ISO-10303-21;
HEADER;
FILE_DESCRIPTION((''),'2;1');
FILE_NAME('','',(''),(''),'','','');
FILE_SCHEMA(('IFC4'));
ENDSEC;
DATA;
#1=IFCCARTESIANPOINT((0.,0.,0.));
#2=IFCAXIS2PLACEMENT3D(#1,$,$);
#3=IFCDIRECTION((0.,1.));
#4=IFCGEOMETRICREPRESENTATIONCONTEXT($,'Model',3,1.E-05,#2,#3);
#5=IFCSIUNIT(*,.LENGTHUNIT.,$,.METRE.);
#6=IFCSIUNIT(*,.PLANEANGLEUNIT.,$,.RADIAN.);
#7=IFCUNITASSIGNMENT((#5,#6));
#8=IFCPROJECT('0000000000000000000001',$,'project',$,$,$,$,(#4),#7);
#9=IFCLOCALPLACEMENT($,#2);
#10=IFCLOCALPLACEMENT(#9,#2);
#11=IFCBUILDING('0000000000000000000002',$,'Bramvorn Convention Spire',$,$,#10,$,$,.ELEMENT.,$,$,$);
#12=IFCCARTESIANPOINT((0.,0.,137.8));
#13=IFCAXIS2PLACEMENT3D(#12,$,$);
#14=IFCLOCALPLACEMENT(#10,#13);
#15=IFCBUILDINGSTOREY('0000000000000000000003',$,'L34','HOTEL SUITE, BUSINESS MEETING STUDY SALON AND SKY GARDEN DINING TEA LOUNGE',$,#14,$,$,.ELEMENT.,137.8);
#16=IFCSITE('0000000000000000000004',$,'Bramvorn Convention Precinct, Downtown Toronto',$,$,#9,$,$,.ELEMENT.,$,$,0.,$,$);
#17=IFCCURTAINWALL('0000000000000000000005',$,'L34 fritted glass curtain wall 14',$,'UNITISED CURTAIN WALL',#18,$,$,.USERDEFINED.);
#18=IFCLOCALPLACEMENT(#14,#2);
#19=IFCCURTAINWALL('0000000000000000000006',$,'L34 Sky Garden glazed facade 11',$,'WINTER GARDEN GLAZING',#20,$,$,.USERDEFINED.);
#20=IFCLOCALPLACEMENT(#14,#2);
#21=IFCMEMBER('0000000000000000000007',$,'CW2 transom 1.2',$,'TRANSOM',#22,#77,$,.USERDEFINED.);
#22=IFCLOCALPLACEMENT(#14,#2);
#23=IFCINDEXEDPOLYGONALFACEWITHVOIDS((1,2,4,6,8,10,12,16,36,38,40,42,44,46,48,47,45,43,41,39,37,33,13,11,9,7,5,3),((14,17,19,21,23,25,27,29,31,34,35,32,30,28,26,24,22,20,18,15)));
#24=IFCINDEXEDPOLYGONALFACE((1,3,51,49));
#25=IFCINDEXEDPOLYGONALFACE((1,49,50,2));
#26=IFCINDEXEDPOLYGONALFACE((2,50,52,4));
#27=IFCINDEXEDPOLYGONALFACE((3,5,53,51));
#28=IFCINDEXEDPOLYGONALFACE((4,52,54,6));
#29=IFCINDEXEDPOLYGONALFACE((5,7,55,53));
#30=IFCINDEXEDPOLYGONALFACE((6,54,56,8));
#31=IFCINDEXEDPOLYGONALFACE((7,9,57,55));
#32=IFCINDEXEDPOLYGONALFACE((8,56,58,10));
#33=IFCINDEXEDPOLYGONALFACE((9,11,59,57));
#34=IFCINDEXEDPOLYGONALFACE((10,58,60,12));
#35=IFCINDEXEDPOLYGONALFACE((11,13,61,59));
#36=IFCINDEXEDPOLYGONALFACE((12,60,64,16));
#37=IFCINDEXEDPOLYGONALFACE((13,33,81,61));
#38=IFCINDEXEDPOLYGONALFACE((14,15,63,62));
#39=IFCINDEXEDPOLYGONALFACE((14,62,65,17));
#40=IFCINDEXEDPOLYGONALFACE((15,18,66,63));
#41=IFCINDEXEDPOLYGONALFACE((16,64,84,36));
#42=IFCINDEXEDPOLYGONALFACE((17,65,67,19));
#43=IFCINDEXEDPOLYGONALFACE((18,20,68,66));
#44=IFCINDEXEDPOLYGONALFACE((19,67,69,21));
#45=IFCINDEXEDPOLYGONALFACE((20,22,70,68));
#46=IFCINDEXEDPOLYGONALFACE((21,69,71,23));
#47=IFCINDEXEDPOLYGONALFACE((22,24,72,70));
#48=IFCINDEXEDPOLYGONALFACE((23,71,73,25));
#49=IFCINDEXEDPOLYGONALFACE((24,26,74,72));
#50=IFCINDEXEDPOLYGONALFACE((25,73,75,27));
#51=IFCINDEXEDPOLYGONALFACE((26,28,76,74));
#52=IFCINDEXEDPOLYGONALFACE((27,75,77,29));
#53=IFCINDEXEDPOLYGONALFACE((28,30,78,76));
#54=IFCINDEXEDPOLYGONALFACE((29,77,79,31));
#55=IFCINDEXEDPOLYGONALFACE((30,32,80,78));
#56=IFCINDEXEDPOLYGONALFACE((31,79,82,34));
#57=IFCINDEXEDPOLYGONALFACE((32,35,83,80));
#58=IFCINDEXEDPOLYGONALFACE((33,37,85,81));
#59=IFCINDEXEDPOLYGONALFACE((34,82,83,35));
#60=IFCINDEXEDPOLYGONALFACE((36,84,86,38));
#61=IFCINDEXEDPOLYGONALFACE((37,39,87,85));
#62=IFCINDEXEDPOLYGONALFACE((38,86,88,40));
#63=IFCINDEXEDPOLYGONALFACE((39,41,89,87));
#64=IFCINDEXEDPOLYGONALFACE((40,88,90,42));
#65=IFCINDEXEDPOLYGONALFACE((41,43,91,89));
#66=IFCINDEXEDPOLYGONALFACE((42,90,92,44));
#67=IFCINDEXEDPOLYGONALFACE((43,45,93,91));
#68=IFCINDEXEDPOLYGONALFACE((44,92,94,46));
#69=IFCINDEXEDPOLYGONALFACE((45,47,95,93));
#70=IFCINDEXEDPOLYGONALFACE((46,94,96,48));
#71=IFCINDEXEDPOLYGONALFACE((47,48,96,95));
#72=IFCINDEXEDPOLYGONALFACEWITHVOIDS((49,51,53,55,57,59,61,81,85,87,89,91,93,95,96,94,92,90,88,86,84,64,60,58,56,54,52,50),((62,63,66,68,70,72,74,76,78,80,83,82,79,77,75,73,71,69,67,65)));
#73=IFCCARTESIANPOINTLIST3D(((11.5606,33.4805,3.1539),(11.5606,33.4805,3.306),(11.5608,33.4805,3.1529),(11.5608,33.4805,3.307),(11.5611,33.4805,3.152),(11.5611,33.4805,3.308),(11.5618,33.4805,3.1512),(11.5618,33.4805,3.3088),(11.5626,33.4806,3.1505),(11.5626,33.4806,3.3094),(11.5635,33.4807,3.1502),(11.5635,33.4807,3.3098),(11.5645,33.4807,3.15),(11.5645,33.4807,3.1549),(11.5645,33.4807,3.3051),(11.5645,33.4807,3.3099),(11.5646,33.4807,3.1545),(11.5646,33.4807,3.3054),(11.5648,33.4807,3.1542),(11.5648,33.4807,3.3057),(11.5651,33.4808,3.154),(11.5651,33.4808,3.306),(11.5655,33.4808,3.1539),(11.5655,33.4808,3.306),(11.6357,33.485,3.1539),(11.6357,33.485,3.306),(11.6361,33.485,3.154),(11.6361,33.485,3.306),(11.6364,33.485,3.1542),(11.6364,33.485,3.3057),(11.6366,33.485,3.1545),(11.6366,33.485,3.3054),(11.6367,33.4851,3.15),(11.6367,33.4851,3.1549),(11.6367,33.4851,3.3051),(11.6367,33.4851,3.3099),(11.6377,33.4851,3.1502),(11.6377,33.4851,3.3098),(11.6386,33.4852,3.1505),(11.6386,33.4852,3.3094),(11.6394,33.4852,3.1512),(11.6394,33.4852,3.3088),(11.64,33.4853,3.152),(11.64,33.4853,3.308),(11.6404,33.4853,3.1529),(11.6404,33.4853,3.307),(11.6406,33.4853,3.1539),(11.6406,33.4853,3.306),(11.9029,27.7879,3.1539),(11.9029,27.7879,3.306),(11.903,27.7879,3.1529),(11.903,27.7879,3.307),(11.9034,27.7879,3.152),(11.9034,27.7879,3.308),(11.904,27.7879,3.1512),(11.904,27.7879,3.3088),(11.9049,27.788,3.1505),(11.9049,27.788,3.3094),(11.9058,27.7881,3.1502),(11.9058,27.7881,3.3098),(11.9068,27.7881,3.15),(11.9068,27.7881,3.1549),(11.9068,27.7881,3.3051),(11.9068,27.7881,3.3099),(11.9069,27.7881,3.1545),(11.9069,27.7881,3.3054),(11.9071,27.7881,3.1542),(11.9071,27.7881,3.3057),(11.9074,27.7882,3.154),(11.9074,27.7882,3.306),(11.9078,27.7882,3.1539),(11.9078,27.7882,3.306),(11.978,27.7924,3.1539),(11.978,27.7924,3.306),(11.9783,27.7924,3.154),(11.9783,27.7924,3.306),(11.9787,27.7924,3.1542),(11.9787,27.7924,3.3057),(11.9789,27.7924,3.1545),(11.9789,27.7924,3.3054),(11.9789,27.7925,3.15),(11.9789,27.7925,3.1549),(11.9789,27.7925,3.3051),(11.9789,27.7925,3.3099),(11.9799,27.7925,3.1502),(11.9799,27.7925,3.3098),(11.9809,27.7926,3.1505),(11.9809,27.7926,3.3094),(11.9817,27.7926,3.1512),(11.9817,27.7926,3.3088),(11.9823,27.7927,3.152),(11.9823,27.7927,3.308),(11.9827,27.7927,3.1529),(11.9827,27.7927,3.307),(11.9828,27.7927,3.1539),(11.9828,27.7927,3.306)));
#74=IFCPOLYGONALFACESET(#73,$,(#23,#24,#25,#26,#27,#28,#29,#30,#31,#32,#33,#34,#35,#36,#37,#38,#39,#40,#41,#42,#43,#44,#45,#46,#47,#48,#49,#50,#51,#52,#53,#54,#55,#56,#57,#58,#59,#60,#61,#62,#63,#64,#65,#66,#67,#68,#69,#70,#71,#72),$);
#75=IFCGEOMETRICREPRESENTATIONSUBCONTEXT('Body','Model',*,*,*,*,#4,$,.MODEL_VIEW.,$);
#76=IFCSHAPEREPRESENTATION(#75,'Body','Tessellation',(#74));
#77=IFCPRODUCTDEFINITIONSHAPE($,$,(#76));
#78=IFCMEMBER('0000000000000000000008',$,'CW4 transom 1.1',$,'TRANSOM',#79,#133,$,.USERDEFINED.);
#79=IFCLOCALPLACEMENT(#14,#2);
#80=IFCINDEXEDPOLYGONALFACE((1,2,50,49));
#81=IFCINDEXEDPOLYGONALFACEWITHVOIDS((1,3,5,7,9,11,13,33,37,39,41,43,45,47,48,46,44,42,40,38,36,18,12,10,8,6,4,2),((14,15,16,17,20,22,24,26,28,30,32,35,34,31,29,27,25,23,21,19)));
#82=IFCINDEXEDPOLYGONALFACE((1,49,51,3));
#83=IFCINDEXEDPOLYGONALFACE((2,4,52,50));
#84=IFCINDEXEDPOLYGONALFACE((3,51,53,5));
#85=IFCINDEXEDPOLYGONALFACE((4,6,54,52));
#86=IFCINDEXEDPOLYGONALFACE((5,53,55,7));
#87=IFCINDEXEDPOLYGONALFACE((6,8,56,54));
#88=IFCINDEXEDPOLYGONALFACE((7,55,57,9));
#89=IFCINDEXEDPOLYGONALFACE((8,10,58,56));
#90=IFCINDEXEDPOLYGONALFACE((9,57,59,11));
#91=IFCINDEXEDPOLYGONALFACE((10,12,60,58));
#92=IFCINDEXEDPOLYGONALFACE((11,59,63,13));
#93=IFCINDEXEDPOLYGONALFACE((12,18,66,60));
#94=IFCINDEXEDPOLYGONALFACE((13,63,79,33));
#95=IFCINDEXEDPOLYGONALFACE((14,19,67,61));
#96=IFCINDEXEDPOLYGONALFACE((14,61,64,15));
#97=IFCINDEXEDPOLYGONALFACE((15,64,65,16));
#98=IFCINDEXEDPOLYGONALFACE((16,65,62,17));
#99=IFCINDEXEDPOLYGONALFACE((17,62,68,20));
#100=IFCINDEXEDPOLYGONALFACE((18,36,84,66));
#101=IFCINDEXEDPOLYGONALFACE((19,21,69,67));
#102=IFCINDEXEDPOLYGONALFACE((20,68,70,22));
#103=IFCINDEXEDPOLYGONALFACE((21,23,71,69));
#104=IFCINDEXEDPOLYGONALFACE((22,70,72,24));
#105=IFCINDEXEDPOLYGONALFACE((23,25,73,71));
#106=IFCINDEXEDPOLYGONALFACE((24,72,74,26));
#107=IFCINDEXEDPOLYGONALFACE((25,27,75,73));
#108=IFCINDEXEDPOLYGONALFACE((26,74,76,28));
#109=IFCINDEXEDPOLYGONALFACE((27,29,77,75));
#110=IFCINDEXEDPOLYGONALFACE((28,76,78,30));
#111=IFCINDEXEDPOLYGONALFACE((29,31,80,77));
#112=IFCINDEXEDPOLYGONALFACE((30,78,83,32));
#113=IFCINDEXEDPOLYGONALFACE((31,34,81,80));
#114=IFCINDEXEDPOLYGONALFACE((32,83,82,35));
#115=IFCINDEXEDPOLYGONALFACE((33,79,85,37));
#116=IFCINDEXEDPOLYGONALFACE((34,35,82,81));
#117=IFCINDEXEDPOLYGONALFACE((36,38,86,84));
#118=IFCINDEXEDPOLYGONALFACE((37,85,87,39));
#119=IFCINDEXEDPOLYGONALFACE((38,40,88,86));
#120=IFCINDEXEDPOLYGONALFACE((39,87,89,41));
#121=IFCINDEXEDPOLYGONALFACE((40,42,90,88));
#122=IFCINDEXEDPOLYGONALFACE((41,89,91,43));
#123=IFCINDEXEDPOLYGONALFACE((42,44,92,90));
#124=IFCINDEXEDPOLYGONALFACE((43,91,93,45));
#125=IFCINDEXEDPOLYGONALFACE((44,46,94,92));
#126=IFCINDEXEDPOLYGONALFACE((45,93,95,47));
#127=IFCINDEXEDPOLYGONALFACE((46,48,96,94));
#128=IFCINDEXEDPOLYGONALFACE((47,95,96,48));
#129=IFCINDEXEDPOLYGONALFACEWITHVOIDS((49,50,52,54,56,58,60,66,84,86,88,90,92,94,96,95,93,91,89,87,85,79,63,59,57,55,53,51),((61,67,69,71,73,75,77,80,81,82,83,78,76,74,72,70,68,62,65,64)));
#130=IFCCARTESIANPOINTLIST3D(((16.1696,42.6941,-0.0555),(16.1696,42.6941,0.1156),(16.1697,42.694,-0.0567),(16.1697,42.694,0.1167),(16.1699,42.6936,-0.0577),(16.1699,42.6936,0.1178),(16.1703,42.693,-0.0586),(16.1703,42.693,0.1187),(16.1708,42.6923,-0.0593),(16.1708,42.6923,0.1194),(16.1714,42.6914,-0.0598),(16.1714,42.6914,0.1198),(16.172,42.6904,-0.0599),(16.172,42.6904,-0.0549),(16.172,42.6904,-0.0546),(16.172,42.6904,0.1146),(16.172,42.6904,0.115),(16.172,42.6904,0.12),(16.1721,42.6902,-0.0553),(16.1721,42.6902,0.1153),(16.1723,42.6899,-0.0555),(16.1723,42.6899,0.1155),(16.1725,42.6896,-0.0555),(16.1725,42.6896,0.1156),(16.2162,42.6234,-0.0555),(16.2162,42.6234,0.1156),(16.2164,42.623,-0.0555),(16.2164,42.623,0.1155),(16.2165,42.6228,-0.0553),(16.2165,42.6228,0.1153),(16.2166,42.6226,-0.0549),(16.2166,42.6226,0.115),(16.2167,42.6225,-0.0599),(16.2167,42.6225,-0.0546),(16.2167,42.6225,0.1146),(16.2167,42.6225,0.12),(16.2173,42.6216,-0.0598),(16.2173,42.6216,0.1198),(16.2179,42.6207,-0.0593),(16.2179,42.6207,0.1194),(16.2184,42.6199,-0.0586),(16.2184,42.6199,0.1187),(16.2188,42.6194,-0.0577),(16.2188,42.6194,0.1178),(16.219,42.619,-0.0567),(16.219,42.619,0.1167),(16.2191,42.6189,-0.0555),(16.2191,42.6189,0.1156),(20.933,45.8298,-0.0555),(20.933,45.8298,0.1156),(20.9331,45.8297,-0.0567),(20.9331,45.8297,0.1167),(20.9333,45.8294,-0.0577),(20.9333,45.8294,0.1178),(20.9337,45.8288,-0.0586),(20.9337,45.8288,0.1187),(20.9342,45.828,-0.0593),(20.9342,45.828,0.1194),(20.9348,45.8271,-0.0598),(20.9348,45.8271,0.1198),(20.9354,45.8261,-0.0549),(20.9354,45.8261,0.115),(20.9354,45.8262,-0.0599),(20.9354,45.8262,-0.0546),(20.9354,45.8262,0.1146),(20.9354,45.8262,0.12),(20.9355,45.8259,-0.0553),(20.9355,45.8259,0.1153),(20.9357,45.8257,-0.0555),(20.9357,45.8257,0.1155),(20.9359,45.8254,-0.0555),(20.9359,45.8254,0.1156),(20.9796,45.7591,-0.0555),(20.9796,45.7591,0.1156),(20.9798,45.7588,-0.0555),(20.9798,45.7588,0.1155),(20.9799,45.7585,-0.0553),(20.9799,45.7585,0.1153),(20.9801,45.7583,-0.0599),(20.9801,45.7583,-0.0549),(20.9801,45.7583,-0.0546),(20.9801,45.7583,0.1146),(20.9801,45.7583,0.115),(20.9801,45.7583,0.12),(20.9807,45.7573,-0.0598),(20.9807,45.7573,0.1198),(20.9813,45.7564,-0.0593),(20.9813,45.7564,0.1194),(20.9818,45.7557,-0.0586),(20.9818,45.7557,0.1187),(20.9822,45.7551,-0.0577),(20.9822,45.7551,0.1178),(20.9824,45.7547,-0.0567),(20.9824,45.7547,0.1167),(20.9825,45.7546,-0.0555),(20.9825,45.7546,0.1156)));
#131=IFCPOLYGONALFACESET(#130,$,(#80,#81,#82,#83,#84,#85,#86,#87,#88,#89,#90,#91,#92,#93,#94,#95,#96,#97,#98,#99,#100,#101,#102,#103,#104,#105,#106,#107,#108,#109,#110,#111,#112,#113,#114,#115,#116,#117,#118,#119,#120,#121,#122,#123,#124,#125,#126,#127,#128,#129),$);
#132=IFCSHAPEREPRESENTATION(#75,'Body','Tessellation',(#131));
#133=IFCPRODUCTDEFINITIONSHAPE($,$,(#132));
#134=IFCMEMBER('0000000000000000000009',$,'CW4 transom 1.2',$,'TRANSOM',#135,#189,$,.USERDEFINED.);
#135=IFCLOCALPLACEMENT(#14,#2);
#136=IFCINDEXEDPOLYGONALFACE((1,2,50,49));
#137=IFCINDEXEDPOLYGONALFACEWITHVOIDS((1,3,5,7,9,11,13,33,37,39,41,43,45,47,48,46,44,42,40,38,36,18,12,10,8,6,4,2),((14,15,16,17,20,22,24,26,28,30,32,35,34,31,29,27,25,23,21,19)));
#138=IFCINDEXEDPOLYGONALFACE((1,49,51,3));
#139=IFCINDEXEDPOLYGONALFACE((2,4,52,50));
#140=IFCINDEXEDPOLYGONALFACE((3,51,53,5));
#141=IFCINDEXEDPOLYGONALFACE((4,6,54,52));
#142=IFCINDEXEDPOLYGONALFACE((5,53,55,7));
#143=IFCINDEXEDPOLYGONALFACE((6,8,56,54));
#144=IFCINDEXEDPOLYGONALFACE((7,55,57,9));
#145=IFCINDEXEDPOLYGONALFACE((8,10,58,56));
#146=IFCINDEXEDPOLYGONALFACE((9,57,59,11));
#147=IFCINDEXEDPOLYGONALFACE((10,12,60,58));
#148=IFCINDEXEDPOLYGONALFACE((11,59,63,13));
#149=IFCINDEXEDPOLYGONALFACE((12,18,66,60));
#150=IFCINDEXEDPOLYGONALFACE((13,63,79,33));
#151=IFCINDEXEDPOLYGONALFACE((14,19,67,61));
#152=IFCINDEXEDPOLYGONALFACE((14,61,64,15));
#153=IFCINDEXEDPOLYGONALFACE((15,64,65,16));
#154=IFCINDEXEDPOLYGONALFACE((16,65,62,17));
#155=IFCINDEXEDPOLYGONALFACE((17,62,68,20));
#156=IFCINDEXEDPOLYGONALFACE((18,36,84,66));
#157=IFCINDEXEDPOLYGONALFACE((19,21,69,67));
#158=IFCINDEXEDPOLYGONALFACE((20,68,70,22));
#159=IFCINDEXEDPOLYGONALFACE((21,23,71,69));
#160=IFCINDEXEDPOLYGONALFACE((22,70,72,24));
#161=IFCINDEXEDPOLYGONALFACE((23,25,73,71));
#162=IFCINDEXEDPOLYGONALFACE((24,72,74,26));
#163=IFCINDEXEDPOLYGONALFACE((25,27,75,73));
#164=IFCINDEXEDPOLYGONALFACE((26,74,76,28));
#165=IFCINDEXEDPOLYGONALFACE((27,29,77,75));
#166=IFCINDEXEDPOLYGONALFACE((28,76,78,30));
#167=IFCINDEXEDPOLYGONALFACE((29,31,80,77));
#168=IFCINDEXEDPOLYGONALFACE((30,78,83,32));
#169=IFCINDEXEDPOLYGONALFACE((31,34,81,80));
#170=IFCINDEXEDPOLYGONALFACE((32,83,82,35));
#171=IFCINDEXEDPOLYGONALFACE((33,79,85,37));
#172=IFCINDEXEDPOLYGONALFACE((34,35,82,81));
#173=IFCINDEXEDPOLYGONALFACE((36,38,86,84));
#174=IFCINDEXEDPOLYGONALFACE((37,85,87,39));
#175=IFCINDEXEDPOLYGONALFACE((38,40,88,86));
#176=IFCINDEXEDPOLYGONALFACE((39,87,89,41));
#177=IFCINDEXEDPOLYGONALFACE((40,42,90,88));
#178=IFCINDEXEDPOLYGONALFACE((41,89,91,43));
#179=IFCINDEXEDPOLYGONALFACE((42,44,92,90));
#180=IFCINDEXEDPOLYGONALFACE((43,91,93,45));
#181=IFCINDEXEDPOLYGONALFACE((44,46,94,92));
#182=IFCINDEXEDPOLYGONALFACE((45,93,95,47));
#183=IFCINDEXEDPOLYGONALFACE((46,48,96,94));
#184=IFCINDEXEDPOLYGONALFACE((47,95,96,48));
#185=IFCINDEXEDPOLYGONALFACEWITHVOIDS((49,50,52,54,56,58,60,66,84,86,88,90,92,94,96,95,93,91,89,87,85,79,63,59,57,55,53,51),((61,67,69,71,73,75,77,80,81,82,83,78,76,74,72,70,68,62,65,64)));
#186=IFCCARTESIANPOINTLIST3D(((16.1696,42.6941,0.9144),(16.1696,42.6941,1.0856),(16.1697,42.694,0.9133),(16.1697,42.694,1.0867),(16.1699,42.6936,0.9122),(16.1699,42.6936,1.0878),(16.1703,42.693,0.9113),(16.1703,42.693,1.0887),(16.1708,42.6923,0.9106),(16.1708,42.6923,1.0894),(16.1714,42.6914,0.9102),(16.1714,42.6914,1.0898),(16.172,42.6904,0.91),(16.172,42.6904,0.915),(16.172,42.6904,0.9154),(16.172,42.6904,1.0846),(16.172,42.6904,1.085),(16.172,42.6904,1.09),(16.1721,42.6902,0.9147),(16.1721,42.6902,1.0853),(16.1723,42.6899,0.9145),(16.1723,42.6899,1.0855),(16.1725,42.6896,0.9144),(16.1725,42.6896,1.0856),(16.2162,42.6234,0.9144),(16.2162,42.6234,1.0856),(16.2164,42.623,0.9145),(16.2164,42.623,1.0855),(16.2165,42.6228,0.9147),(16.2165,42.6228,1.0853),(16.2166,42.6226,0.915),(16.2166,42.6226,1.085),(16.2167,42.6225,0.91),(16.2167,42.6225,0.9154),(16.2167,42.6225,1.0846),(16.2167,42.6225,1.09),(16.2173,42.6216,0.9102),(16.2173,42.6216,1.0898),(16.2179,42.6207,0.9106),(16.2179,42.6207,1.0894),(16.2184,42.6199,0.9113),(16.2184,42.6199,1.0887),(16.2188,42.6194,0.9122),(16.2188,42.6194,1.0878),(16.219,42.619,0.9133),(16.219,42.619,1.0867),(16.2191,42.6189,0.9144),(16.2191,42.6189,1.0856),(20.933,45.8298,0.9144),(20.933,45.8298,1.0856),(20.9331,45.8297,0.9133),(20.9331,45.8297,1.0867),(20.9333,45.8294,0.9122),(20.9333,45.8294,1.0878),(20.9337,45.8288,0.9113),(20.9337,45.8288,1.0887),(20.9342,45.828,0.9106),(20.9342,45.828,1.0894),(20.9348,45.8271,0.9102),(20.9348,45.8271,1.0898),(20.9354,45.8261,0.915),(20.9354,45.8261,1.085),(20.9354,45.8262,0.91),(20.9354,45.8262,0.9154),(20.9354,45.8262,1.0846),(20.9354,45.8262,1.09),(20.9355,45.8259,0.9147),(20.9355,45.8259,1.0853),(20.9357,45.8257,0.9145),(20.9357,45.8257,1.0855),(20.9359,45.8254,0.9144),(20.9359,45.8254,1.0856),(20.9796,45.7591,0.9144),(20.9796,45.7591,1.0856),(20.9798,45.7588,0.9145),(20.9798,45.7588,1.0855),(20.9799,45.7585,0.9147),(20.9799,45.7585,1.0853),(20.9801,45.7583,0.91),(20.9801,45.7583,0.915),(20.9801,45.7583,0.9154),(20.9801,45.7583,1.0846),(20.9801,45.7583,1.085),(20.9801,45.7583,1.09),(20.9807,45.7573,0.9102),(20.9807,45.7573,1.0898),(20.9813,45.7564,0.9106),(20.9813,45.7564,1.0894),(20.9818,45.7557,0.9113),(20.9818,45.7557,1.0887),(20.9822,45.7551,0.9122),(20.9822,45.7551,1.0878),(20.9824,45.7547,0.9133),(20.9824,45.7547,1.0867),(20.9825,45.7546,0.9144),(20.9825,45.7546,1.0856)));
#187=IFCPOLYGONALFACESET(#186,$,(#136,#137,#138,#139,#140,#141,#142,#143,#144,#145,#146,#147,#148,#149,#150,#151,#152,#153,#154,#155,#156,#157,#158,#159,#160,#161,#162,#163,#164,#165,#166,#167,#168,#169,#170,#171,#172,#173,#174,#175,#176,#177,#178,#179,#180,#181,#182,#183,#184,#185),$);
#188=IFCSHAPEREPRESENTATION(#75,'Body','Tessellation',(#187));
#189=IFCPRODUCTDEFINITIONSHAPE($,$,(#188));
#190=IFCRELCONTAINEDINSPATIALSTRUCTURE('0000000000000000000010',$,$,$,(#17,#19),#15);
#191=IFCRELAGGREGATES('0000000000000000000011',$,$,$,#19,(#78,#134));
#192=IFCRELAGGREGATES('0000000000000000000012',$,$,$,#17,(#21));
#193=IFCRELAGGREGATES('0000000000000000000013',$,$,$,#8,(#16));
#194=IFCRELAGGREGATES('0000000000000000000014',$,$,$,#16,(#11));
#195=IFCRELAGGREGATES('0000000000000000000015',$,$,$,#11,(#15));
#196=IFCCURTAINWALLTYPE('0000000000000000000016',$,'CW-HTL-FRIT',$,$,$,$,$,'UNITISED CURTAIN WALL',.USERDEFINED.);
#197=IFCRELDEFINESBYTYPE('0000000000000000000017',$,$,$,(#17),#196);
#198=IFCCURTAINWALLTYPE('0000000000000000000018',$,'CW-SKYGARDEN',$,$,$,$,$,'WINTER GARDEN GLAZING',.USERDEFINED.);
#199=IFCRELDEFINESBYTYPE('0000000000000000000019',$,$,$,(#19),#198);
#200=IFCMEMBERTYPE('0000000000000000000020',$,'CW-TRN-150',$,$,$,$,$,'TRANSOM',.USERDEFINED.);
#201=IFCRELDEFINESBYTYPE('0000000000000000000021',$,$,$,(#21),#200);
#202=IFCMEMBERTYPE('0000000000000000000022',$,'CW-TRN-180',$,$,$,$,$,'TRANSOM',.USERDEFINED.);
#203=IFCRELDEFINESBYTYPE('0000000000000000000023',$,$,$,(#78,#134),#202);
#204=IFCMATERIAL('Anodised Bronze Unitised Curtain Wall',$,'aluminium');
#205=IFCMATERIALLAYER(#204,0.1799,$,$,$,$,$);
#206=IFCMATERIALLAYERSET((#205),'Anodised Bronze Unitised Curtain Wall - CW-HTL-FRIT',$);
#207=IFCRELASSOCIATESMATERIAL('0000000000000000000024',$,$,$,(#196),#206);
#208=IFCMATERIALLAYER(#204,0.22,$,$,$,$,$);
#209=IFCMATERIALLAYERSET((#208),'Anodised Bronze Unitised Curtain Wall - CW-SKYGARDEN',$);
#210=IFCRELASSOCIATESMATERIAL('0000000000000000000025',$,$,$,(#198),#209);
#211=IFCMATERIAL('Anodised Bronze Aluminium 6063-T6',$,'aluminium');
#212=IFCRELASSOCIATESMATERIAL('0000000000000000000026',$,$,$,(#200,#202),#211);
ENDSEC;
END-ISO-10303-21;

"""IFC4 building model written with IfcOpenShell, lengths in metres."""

from ifc_helpers import new_model, si_unit, direction, frame, origin, origin_2d, place, context, subcontext, project, spatial, hollow_rectangle, extrude, material, layer, layer_set, material_profile, profile_set, type_object, element, aggregate, save


model = new_model("IFC4")

# Units and contexts
model_context = context("Model", 3, precision=1e-05, world=origin(), true_north=direction((0.0, 1.0)))
body_context = subcontext(model_context, "Body", "Model", "MODEL_VIEW")
ifc_project = project(units=[si_unit("LENGTHUNIT", "METRE"), si_unit("PLANEANGLEUNIT", "RADIAN")], contexts=[model_context])

# Site, building, storey
site_placement = place(None, origin())
site = spatial("IfcSite", under=ifc_project, at=site_placement, Name="Bramvorn Convention Precinct, Downtown Toronto", CompositionType="ELEMENT", RefElevation=0.0)
building_placement = place(site_placement, origin())
building = spatial("IfcBuilding", under=site, at=building_placement, Name="Bramvorn Convention Spire", CompositionType="ELEMENT")
storey_placement = place(building_placement, frame((0.0, 0.0, 137.8)))
storey = spatial("IfcBuildingStorey", under=building, at=storey_placement, Name="L34", Description="HOTEL SUITE, BUSINESS MEETING STUDY SALON AND SKY GARDEN DINING TEA LOUNGE", CompositionType="ELEMENT", Elevation=137.8)

# Curtain wall
ifc_material_1 = material(Name="Anodised Bronze Unitised Curtain Wall", Category="aluminium")
ifc_layer_1 = layer(ifc_material_1, 0.1799)
ifc_layer_set_1 = layer_set([ifc_layer_1], Name="Anodised Bronze Unitised Curtain Wall - CW-HTL-FRIT")
curtain_wall_type_1 = type_object("IfcCurtainWallType", Name="CW-HTL-FRIT", ElementType="UNITISED CURTAIN WALL", PredefinedType="USERDEFINED", material=ifc_layer_set_1)
ifc_material_2 = material(Name="Anodised Bronze Aluminium 6063-T6", Category="aluminium")
curtain_wall_1_placement = place(storey_placement, origin())
curtain_wall_1 = element("IfcCurtainWall", 1, at=curtain_wall_1_placement, inside=storey, type_object=curtain_wall_type_1, Name="L34 fritted glass curtain wall 14", ObjectType="UNITISED CURTAIN WALL", PredefinedType="USERDEFINED")

# Curtain wall
ifc_layer_2 = layer(ifc_material_1, 0.22)
ifc_layer_set_2 = layer_set([ifc_layer_2], Name="Anodised Bronze Unitised Curtain Wall - CW-SKYGARDEN")
curtain_wall_type_2 = type_object("IfcCurtainWallType", Name="CW-SKYGARDEN", ElementType="WINTER GARDEN GLAZING", PredefinedType="USERDEFINED", material=ifc_layer_set_2)
curtain_wall_2_placement = place(storey_placement, origin())
curtain_wall_2 = element("IfcCurtainWall", 2, at=curtain_wall_2_placement, inside=storey, type_object=curtain_wall_type_2, Name="L34 Sky Garden glazed facade 11", ObjectType="WINTER GARDEN GLAZING", PredefinedType="USERDEFINED")

# Members
ifc_material_profile_1 = material_profile(ifc_material_2, hollow_rectangle(XDim=0.0801, YDim=0.1599, WallThickness=0.0039, InnerFilletRadius=0.001, OuterFilletRadius=0.0039, at=origin_2d()))
ifc_profile_set_1 = profile_set([ifc_material_profile_1], Name="Anodised Bronze Aluminium 6063-T6 - CWT80X160")
member_type_1 = type_object("IfcMemberType", Name="CW-TRN-150", ElementType="TRANSOM", PredefinedType="USERDEFINED", material=ifc_profile_set_1)
member_1_placement = place(storey_placement, frame((11.9429, 27.7903, 3.23), z_axis=(-0.060019, 0.998197, 0.0), x_axis=(-0.998197, -0.060019, 0.0)))
member_1 = element("IfcMember", 3, at=member_1_placement, type_object=member_type_1, Name="CW2 transom 1.2", ObjectType="TRANSOM", PredefinedType="USERDEFINED", context=body_context, shape_type="SweptSolid", body=[
    extrude(hollow_rectangle(XDim=0.0801, YDim=0.1599, WallThickness=0.0039, InnerFilletRadius=0.001, OuterFilletRadius=0.0039, at=origin_2d()), origin(), (0.0, 0.0, 1.0), 5.7029),
])
ifc_material_profile_2 = material_profile(ifc_material_2, hollow_rectangle(XDim=0.0901, YDim=0.1799, WallThickness=0.0044, InnerFilletRadius=0.001, OuterFilletRadius=0.0044, at=origin_2d()))
ifc_profile_set_2 = profile_set([ifc_material_profile_2], Name="Anodised Bronze Aluminium 6063-T6 - CWT90X180")
member_type_2 = type_object("IfcMemberType", Name="CW-TRN-180", ElementType="TRANSOM", PredefinedType="USERDEFINED", material=ifc_profile_set_2)
member_2_placement = place(storey_placement, frame((16.1943, 42.6565, 0.03), z_axis=(0.835263, 0.54985, 0.0), x_axis=(-0.54985, 0.835263, 0.0)))
member_2 = element("IfcMember", 4, at=member_2_placement, type_object=member_type_2, Name="CW4 transom 1.1", ObjectType="TRANSOM", PredefinedType="USERDEFINED", context=body_context, shape_type="SweptSolid", body=[
    extrude(hollow_rectangle(XDim=0.0901, YDim=0.1799, WallThickness=0.0044, InnerFilletRadius=0.001, OuterFilletRadius=0.0044, at=origin_2d()), origin(), (0.0, 0.0, 1.0), 5.7029),
])
member_3_placement = place(storey_placement, frame((16.1943, 42.6565, 1.0), z_axis=(0.835263, 0.54985, 0.0), x_axis=(-0.54985, 0.835263, 0.0)))
member_3 = element("IfcMember", 5, at=member_3_placement, type_object=member_type_2, Name="CW4 transom 1.2", ObjectType="TRANSOM", PredefinedType="USERDEFINED", context=body_context, shape_type="SweptSolid", body=[
    extrude(hollow_rectangle(XDim=0.0901, YDim=0.1799, WallThickness=0.0044, InnerFilletRadius=0.001, OuterFilletRadius=0.0044, at=origin_2d()), origin(), (0.0, 0.0, 1.0), 5.7029),
])
aggregate(curtain_wall_2, [member_2, member_3])

aggregate(curtain_wall_1, [member_1])

save(model, "model.ifc")
